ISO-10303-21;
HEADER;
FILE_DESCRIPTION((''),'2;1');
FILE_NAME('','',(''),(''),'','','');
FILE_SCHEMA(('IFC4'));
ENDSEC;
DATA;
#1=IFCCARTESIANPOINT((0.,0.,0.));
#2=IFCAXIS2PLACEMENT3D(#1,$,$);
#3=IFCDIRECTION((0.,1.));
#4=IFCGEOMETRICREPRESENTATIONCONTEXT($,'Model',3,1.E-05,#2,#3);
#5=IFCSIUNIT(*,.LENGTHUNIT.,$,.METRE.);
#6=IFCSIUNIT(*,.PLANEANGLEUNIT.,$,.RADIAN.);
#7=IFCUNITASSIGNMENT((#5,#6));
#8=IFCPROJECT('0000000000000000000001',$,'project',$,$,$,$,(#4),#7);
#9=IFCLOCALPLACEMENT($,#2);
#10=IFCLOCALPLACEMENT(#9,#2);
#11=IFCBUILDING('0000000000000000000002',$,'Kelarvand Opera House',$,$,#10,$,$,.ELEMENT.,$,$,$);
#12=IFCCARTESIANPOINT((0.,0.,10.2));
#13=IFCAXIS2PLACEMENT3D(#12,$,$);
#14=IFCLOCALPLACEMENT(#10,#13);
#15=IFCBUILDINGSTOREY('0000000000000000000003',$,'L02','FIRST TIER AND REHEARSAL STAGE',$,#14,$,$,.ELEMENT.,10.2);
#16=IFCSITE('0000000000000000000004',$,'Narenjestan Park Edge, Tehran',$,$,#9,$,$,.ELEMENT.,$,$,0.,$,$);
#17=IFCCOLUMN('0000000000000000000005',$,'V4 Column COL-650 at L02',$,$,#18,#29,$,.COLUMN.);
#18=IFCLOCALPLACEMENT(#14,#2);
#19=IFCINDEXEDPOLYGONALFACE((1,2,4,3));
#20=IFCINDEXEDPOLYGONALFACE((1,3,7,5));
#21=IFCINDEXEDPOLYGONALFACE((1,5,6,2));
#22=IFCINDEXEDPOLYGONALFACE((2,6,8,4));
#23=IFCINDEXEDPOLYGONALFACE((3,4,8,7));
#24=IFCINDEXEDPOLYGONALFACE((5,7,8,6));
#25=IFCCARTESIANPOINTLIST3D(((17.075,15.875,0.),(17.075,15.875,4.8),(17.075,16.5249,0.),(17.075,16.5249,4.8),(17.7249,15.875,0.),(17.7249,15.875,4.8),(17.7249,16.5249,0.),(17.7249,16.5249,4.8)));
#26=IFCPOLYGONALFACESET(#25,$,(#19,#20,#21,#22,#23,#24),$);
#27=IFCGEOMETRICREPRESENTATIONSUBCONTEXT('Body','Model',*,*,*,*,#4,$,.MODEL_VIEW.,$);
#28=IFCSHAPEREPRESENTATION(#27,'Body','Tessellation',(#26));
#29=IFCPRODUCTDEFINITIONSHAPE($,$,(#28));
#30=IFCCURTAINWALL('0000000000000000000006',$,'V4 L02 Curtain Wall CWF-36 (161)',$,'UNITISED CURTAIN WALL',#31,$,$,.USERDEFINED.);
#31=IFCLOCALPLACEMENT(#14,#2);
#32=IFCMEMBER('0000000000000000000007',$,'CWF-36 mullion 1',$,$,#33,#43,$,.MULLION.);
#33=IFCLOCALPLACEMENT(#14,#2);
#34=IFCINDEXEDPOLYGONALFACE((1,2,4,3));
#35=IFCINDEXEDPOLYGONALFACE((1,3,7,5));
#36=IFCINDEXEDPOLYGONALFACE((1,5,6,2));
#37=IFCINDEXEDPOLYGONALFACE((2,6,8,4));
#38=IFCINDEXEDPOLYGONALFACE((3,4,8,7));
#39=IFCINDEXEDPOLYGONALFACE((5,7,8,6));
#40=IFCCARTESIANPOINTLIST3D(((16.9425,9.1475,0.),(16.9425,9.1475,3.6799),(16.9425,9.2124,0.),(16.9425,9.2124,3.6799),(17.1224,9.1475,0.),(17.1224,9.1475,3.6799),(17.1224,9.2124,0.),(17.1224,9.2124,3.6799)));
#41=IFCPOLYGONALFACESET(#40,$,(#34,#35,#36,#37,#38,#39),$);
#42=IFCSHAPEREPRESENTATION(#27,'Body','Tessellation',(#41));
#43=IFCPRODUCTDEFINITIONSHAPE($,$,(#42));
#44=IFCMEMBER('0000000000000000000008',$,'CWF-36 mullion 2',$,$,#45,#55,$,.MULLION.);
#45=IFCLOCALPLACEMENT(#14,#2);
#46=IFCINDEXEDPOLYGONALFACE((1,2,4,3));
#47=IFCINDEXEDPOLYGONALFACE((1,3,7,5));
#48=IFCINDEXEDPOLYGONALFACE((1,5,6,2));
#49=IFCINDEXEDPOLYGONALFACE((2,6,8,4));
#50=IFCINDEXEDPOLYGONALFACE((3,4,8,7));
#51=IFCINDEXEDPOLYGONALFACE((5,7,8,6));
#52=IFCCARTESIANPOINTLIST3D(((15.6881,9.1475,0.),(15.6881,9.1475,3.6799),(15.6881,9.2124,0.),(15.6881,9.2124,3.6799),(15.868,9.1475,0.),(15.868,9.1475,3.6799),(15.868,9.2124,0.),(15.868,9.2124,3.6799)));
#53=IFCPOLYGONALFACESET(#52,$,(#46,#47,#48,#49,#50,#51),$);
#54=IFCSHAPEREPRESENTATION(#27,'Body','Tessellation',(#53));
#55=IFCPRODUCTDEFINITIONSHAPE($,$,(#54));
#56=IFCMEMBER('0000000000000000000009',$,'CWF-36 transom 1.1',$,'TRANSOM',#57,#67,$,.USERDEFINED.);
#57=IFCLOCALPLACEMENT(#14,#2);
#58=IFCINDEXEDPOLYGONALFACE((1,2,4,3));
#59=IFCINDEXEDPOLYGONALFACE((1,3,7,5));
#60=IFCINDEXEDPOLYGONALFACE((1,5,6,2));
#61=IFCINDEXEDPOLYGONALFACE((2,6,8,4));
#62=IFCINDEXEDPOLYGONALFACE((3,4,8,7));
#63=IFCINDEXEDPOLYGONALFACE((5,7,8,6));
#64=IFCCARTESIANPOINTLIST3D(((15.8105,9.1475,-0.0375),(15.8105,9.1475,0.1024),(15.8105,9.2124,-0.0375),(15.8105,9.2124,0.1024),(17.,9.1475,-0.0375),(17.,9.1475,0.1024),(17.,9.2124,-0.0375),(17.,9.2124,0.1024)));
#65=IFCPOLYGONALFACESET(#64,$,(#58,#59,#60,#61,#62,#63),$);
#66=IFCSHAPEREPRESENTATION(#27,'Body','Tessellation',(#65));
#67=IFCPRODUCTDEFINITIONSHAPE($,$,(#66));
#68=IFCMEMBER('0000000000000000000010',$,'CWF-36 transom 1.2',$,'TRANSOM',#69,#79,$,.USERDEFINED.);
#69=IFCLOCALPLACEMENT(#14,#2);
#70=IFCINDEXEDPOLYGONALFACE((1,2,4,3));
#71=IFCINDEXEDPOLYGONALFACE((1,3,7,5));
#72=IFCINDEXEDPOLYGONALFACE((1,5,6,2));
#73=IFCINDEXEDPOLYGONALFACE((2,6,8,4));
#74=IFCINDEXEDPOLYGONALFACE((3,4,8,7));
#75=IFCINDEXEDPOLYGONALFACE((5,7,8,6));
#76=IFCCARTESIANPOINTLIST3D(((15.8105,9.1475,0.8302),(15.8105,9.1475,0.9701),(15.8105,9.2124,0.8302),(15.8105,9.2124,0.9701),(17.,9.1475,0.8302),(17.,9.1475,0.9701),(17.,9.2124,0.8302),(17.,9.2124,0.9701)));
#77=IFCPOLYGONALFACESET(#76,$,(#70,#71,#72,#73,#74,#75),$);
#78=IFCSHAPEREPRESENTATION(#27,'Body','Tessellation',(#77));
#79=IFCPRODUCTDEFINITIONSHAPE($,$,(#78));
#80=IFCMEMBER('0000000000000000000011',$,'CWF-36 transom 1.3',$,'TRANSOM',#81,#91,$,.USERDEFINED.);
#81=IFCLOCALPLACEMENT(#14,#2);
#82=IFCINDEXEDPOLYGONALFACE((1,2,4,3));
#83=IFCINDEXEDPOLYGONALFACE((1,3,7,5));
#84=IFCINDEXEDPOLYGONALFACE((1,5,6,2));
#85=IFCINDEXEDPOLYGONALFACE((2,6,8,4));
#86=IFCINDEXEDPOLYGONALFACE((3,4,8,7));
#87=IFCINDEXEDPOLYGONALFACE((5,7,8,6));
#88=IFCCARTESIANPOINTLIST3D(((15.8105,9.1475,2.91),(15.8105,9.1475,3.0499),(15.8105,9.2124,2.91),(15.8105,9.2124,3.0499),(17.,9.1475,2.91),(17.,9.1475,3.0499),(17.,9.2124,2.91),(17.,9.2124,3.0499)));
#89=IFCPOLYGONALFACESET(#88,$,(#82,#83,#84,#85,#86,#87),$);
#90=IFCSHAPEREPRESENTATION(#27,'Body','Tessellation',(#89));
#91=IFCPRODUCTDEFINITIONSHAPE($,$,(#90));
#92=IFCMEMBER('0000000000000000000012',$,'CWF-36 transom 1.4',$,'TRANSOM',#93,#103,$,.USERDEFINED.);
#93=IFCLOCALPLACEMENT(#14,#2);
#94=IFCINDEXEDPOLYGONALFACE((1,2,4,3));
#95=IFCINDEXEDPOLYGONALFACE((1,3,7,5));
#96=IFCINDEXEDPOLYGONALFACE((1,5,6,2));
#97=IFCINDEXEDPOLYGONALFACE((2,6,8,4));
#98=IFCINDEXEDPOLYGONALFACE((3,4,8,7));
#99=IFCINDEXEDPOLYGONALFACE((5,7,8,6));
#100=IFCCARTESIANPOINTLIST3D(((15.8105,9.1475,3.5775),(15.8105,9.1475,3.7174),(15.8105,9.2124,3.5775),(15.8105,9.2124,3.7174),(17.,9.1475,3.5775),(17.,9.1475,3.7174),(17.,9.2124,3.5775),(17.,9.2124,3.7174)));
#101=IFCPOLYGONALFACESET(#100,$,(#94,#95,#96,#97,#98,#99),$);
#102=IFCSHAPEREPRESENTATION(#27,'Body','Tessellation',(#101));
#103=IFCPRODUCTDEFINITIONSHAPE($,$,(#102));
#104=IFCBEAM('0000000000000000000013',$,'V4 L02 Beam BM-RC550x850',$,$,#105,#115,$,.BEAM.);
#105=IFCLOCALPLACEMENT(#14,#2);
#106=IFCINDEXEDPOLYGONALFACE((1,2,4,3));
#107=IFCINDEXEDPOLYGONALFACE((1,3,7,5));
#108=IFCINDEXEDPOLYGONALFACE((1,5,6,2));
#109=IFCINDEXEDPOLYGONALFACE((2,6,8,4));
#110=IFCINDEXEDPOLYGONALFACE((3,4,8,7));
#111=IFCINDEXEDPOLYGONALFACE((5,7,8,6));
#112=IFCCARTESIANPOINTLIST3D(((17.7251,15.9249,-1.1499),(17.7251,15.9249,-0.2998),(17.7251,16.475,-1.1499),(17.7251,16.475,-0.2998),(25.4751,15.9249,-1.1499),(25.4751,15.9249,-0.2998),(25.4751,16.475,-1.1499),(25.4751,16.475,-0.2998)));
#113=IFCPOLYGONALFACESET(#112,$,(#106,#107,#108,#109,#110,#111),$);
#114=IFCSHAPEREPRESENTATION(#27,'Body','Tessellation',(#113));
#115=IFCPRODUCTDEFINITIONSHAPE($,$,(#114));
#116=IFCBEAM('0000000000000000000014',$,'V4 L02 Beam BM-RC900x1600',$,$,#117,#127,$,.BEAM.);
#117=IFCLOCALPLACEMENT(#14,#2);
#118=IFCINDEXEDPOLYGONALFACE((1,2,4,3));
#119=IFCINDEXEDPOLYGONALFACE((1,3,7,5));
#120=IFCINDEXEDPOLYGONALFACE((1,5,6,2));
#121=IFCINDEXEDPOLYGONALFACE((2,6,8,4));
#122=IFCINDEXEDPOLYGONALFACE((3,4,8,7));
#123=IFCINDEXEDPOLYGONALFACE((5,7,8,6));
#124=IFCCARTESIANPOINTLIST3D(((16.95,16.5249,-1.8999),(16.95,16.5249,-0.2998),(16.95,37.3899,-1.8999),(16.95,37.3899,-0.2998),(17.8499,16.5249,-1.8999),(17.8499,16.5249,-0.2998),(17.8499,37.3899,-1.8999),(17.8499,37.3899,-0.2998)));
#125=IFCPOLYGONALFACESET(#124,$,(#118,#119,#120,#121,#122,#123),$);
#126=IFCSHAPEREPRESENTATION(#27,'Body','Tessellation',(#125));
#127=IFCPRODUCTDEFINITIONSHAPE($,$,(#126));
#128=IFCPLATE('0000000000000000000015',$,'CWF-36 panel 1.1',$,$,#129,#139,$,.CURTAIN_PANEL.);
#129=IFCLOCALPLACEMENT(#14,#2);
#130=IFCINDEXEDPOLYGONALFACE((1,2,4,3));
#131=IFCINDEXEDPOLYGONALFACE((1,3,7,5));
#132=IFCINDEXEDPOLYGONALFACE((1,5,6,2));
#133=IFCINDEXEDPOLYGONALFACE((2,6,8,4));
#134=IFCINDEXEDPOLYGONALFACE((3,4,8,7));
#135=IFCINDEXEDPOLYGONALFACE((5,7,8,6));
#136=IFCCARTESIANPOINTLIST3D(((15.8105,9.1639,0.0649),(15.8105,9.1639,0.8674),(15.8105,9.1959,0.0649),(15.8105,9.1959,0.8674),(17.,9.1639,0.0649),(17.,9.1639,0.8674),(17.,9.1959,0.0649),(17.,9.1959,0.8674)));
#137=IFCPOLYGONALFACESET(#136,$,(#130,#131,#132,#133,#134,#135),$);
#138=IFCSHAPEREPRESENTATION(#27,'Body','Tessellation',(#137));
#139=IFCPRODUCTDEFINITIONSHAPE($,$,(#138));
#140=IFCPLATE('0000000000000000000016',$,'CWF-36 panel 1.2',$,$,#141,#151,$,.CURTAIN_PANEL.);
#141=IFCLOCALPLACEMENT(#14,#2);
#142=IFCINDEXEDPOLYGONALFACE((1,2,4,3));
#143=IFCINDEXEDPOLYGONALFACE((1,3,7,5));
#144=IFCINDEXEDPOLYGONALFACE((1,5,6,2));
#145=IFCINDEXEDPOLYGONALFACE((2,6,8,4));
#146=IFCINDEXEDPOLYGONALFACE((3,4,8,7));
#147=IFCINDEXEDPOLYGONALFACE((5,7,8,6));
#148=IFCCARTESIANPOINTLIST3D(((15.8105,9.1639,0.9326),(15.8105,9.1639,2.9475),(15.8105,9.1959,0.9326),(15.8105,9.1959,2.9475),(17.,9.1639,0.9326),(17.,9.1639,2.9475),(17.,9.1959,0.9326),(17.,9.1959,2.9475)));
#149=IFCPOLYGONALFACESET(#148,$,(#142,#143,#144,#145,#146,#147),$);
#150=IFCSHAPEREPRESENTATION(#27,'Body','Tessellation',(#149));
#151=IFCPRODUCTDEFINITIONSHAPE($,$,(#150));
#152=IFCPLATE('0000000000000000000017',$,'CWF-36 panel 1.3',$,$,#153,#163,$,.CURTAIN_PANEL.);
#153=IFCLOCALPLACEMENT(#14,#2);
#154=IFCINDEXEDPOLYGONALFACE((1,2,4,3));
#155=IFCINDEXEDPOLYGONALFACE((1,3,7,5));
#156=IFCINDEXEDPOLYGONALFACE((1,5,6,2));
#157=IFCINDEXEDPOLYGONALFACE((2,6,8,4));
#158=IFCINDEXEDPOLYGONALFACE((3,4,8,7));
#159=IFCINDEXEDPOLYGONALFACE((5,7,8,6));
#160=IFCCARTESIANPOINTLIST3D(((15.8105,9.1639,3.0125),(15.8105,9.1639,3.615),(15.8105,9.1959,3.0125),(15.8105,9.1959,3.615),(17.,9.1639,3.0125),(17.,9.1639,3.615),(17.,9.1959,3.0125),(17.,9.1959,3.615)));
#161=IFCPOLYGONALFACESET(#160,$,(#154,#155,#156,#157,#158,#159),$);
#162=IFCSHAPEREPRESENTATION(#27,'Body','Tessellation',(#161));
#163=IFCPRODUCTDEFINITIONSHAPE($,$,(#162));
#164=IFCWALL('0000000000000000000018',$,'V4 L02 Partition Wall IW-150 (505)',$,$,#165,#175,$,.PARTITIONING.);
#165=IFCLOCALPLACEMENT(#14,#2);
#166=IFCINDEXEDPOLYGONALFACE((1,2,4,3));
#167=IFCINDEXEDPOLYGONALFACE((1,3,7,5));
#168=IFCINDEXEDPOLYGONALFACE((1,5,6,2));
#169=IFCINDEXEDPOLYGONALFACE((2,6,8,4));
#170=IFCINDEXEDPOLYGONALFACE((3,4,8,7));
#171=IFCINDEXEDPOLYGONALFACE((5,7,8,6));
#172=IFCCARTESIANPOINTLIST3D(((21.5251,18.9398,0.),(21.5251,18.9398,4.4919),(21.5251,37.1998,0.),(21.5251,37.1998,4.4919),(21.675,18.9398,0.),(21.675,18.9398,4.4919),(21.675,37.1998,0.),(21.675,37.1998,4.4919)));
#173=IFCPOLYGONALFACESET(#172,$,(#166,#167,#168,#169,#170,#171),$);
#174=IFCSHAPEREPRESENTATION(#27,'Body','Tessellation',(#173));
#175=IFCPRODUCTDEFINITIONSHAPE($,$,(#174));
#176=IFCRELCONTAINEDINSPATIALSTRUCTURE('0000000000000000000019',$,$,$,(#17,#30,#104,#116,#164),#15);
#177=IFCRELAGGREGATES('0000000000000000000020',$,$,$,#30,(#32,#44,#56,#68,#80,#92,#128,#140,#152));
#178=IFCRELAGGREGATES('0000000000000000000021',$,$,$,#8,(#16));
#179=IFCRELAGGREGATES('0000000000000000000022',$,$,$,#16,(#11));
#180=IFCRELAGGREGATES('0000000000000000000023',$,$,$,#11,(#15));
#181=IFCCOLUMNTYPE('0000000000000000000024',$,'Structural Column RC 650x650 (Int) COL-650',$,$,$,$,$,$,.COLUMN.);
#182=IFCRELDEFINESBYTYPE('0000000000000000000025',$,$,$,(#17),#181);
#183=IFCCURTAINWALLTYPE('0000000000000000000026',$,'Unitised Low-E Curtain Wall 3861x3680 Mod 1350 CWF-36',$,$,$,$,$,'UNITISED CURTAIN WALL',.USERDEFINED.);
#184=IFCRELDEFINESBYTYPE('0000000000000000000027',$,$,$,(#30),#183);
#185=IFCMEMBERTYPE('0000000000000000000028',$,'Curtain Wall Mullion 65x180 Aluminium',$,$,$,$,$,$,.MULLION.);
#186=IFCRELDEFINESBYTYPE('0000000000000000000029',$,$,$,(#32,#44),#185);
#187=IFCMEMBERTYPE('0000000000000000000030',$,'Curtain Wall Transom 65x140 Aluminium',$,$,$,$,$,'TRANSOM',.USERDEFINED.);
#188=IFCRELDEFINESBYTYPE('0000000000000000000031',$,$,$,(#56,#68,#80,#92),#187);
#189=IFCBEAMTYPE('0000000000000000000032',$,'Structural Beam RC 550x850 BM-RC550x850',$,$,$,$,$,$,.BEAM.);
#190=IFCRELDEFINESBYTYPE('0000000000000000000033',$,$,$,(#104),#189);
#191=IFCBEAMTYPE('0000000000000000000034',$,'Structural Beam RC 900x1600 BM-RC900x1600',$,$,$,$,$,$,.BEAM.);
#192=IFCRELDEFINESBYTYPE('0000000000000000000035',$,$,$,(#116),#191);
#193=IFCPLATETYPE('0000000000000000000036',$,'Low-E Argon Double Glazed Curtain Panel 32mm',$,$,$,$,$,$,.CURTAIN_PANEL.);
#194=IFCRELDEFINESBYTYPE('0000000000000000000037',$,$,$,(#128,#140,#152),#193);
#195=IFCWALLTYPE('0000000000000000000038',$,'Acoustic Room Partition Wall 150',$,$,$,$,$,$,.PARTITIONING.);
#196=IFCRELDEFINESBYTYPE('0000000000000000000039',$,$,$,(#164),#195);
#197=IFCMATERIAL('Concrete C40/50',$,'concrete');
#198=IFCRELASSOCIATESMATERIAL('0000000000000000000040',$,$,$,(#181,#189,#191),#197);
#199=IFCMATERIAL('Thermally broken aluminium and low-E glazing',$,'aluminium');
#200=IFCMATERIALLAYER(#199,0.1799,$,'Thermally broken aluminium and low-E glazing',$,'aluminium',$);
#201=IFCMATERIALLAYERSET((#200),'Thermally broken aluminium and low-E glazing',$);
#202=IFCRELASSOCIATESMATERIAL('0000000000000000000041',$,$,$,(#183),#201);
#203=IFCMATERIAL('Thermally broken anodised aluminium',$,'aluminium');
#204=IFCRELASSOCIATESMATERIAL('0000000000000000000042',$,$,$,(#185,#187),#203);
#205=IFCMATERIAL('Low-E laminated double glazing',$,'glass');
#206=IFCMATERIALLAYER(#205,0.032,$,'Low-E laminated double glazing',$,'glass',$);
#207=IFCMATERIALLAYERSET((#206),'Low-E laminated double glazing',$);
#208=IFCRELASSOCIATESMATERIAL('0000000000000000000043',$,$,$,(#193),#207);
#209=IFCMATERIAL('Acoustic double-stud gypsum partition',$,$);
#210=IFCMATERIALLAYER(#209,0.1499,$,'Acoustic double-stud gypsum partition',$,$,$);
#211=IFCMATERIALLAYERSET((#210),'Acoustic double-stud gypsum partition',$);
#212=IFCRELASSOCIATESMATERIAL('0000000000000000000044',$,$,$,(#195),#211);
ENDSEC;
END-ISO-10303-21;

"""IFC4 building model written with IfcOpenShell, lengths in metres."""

from ifc_helpers import new_model, si_unit, direction, frame, frame_2d, origin, origin_2d, place, context, subcontext, project, spatial, rectangle, extrude, material, layer, layer_set, material_profile, profile_set, type_object, element, aggregate, save


model = new_model("IFC4")

# Units and contexts
model_context = context("Model", 3, precision=1e-05, world=origin(), true_north=direction((0.0, 1.0)))
body_context = subcontext(model_context, "Body", "Model", "MODEL_VIEW")
ifc_project = project(units=[si_unit("LENGTHUNIT", "METRE"), si_unit("PLANEANGLEUNIT", "RADIAN")], contexts=[model_context])

# Site, building, storey
site_placement = place(None, origin())
site = spatial("IfcSite", under=ifc_project, at=site_placement, Name="Narenjestan Park Edge, Tehran", CompositionType="ELEMENT", RefElevation=0.0)
building_placement = place(site_placement, origin())
building = spatial("IfcBuilding", under=site, at=building_placement, Name="Kelarvand Opera House", CompositionType="ELEMENT")
storey_placement = place(building_placement, frame((0.0, 0.0, 10.2)))
storey = spatial("IfcBuildingStorey", under=building, at=storey_placement, Name="L02", Description="FIRST TIER AND REHEARSAL STAGE", CompositionType="ELEMENT", Elevation=10.2)

# Column
ifc_material_1 = material(Name="Concrete C40/50", Category="concrete")
ifc_material_profile_1 = material_profile(ifc_material_1, rectangle(XDim=0.6499, YDim=0.6499, at=origin_2d()), Name="RC 650x650", Category="concrete")
ifc_profile_set_1 = profile_set([ifc_material_profile_1], Name="Concrete C40/50")
column_type = type_object("IfcColumnType", Name="Structural Column RC 650x650 (Int) COL-650", PredefinedType="COLUMN", material=ifc_profile_set_1)
column_placement = place(storey_placement, frame((17.3999, 16.2, 0.0), z_axis=(0.0, 0.0, 1.0), x_axis=(1.0, 0.0, 0.0)))
element("IfcColumn", 1, at=column_placement, inside=storey, type_object=column_type, Name="V4 Column COL-650 at L02", PredefinedType="COLUMN", context=body_context, shape_type="SweptSolid", body=[
    extrude(rectangle(XDim=0.6499, YDim=0.6499, at=origin_2d()), origin(), (0.0, 0.0, 1.0), 4.8),
])

# Curtain wall, members
ifc_material_2 = material(Name="Thermally broken aluminium and low-E glazing", Category="aluminium")
ifc_layer_1 = layer(ifc_material_2, 0.1799, Name="Thermally broken aluminium and low-E glazing", Category="aluminium")
ifc_layer_set_1 = layer_set([ifc_layer_1], Name="Thermally broken aluminium and low-E glazing")
curtain_wall_type = type_object("IfcCurtainWallType", Name="Unitised Low-E Curtain Wall 3861x3680 Mod 1350 CWF-36", ElementType="UNITISED CURTAIN WALL", PredefinedType="USERDEFINED", material=ifc_layer_set_1)
curtain_wall_placement = place(storey_placement, origin())
curtain_wall = element("IfcCurtainWall", 2, at=curtain_wall_placement, inside=storey, type_object=curtain_wall_type, Name="V4 L02 Curtain Wall CWF-36 (161)", ObjectType="UNITISED CURTAIN WALL", PredefinedType="USERDEFINED")
ifc_material_3 = material(Name="Thermally broken anodised aluminium", Category="aluminium")
ifc_material_profile_2 = material_profile(ifc_material_3, rectangle(XDim=0.0649, YDim=0.1799, at=origin_2d()), Name="ALU MULLION 65x180", Category="aluminium")
ifc_profile_set_2 = profile_set([ifc_material_profile_2], Name="Thermally broken anodised aluminium")
member_type_1 = type_object("IfcMemberType", Name="Curtain Wall Mullion 65x180 Aluminium", PredefinedType="MULLION", material=ifc_profile_set_2)
member_1_placement = place(storey_placement, frame((17.0325, 9.1799, 0.0), z_axis=(0.0, 0.0, 1.0), x_axis=(0.0, -1.0, 0.0)))
member_1 = element("IfcMember", 3, at=member_1_placement, type_object=member_type_1, Name="CWF-36 mullion 1", PredefinedType="MULLION", context=body_context, shape_type="SweptSolid", body=[
    extrude(rectangle(XDim=0.0649, YDim=0.1799, at=origin_2d()), origin(), (0.0, 0.0, 1.0), 3.6799),
])
member_2_placement = place(storey_placement, frame((15.7781, 9.1799, 0.0), z_axis=(0.0, 0.0, 1.0), x_axis=(0.0, -1.0, 0.0)))
member_2 = element("IfcMember", 4, at=member_2_placement, type_object=member_type_1, Name="CWF-36 mullion 2", PredefinedType="MULLION", context=body_context, shape_type="SweptSolid", body=[
    extrude(rectangle(XDim=0.0649, YDim=0.1799, at=origin_2d()), origin(), (0.0, 0.0, 1.0), 3.6799),
])
ifc_material_profile_3 = material_profile(ifc_material_3, rectangle(XDim=0.0649, YDim=0.1399, at=origin_2d()), Name="ALU TRANSOM 65x140", Category="aluminium")
ifc_profile_set_3 = profile_set([ifc_material_profile_3], Name="Thermally broken anodised aluminium")
member_type_2 = type_object("IfcMemberType", Name="Curtain Wall Transom 65x140 Aluminium", ElementType="TRANSOM", PredefinedType="USERDEFINED", material=ifc_profile_set_3)
member_3_placement = place(storey_placement, frame((17.0, 9.1799, 0.0325), z_axis=(-1.0, 0.0, 0.0), x_axis=(0.0, -1.0, 0.0)))
member_3 = element("IfcMember", 5, at=member_3_placement, type_object=member_type_2, Name="CWF-36 transom 1.1", ObjectType="TRANSOM", PredefinedType="USERDEFINED", context=body_context, shape_type="SweptSolid", body=[
    extrude(rectangle(XDim=0.0649, YDim=0.1399, at=origin_2d()), origin(), (0.0, 0.0, 1.0), 1.1895),
])
member_4_placement = place(storey_placement, frame((17.0, 9.1799, 0.9001), z_axis=(-1.0, 0.0, 0.0), x_axis=(0.0, -1.0, 0.0)))
member_4 = element("IfcMember", 6, at=member_4_placement, type_object=member_type_2, Name="CWF-36 transom 1.2", ObjectType="TRANSOM", PredefinedType="USERDEFINED", context=body_context, shape_type="SweptSolid", body=[
    extrude(rectangle(XDim=0.0649, YDim=0.1399, at=origin_2d()), origin(), (0.0, 0.0, 1.0), 1.1895),
])
member_5_placement = place(storey_placement, frame((17.0, 9.1799, 2.98), z_axis=(-1.0, 0.0, 0.0), x_axis=(0.0, -1.0, 0.0)))
member_5 = element("IfcMember", 7, at=member_5_placement, type_object=member_type_2, Name="CWF-36 transom 1.3", ObjectType="TRANSOM", PredefinedType="USERDEFINED", context=body_context, shape_type="SweptSolid", body=[
    extrude(rectangle(XDim=0.0649, YDim=0.1399, at=origin_2d()), origin(), (0.0, 0.0, 1.0), 1.1895),
])
member_6_placement = place(storey_placement, frame((17.0, 9.1799, 3.6475), z_axis=(-1.0, 0.0, 0.0), x_axis=(0.0, -1.0, 0.0)))
member_6 = element("IfcMember", 8, at=member_6_placement, type_object=member_type_2, Name="CWF-36 transom 1.4", ObjectType="TRANSOM", PredefinedType="USERDEFINED", context=body_context, shape_type="SweptSolid", body=[
    extrude(rectangle(XDim=0.0649, YDim=0.1399, at=origin_2d()), origin(), (0.0, 0.0, 1.0), 1.1895),
])

# Beams
ifc_material_profile_4 = material_profile(ifc_material_1, rectangle(XDim=0.55, YDim=0.8501, at=origin_2d()), Name="RC 550x850", Category="concrete")
ifc_profile_set_4 = profile_set([ifc_material_profile_4], Name="Concrete C40/50")
beam_type_1 = type_object("IfcBeamType", Name="Structural Beam RC 550x850 BM-RC550x850", PredefinedType="BEAM", material=ifc_profile_set_4)
beam_1_placement = place(storey_placement, frame((17.7251, 16.2, -0.7249), z_axis=(1.0, 0.0, 0.0), x_axis=(0.0, 1.0, 0.0)))
element("IfcBeam", 9, at=beam_1_placement, inside=storey, type_object=beam_type_1, Name="V4 L02 Beam BM-RC550x850", PredefinedType="BEAM", context=body_context, shape_type="SweptSolid", body=[
    extrude(rectangle(XDim=0.55, YDim=0.8501, at=origin_2d()), origin(), (0.0, 0.0, 1.0), 7.75),
])
ifc_material_profile_5 = material_profile(ifc_material_1, rectangle(XDim=0.8999, YDim=1.6001, at=origin_2d()), Name="RC 900x1600", Category="concrete")
ifc_profile_set_5 = profile_set([ifc_material_profile_5], Name="Concrete C40/50")
beam_type_2 = type_object("IfcBeamType", Name="Structural Beam RC 900x1600 BM-RC900x1600", PredefinedType="BEAM", material=ifc_profile_set_5)
beam_2_placement = place(storey_placement, frame((17.3999, 16.5249, -1.0999), z_axis=(0.0, 1.0, 0.0), x_axis=(-1.0, 0.0, 0.0)))
element("IfcBeam", 10, at=beam_2_placement, inside=storey, type_object=beam_type_2, Name="V4 L02 Beam BM-RC900x1600", PredefinedType="BEAM", context=body_context, shape_type="SweptSolid", body=[
    extrude(rectangle(XDim=0.8999, YDim=1.6001, at=origin_2d()), origin(), (0.0, 0.0, 1.0), 20.865),
])

# Plates
ifc_material_4 = material(Name="Low-E laminated double glazing", Category="glass")
ifc_layer_2 = layer(ifc_material_4, 0.032, Name="Low-E laminated double glazing", Category="glass")
ifc_layer_set_2 = layer_set([ifc_layer_2], Name="Low-E laminated double glazing")
plate_type = type_object("IfcPlateType", Name="Low-E Argon Double Glazed Curtain Panel 32mm", PredefinedType="CURTAIN_PANEL", material=ifc_layer_set_2)
plate_1_placement = place(storey_placement, frame((16.4053, 9.1799, 0.0649), z_axis=(0.0, 0.0, 1.0), x_axis=(-1.0, 0.0, 0.0)))
plate_1 = element("IfcPlate", 11, at=plate_1_placement, type_object=plate_type, Name="CWF-36 panel 1.1", PredefinedType="CURTAIN_PANEL", context=body_context, shape_type="SweptSolid", body=[
    extrude(rectangle(XDim=1.1895, YDim=0.032, at=origin_2d()), origin(), (0.0, 0.0, 1.0), 0.8025),
])
plate_2_placement = place(storey_placement, frame((16.4053, 9.1799, 0.9326), z_axis=(0.0, 0.0, 1.0), x_axis=(-1.0, 0.0, 0.0)))
plate_2 = element("IfcPlate", 12, at=plate_2_placement, type_object=plate_type, Name="CWF-36 panel 1.2", PredefinedType="CURTAIN_PANEL", context=body_context, shape_type="SweptSolid", body=[
    extrude(rectangle(XDim=1.1895, YDim=0.032, at=origin_2d()), origin(), (0.0, 0.0, 1.0), 2.0149),
])
plate_3_placement = place(storey_placement, frame((16.4053, 9.1799, 3.0125), z_axis=(0.0, 0.0, 1.0), x_axis=(-1.0, 0.0, 0.0)))
plate_3 = element("IfcPlate", 13, at=plate_3_placement, type_object=plate_type, Name="CWF-36 panel 1.3", PredefinedType="CURTAIN_PANEL", context=body_context, shape_type="SweptSolid", body=[
    extrude(rectangle(XDim=1.1895, YDim=0.032, at=origin_2d()), origin(), (0.0, 0.0, 1.0), 0.6025),
])
aggregate(curtain_wall, [member_1, member_2, member_3, member_4, member_5, member_6, plate_1, plate_2, plate_3])

# Wall
ifc_material_5 = material(Name="Acoustic double-stud gypsum partition")
ifc_layer_3 = layer(ifc_material_5, 0.1499, Name="Acoustic double-stud gypsum partition")
ifc_layer_set_3 = layer_set([ifc_layer_3], Name="Acoustic double-stud gypsum partition")
wall_type_1 = type_object("IfcWallType", Name="Acoustic Room Partition Wall 150", PredefinedType="PARTITIONING", material=ifc_layer_set_3)
wall_1_placement = place(storey_placement, frame((21.6001, 18.9399, 0.0), z_axis=(0.0, 0.0, 1.0), x_axis=(0.0, 1.0, 0.0)))
element("IfcWall", 14, at=wall_1_placement, inside=storey, type_object=wall_type_1, Name="V4 L02 Partition Wall IW-150 (505)", PredefinedType="PARTITIONING", context=body_context, shape_type="SweptSolid", body=[
    extrude(rectangle(XDim=18.26, YDim=0.1499, at=frame_2d((9.1299, 0.0))), origin(), (0.0, 0.0, 1.0), 4.4919),
])

save(model, "model.ifc")
